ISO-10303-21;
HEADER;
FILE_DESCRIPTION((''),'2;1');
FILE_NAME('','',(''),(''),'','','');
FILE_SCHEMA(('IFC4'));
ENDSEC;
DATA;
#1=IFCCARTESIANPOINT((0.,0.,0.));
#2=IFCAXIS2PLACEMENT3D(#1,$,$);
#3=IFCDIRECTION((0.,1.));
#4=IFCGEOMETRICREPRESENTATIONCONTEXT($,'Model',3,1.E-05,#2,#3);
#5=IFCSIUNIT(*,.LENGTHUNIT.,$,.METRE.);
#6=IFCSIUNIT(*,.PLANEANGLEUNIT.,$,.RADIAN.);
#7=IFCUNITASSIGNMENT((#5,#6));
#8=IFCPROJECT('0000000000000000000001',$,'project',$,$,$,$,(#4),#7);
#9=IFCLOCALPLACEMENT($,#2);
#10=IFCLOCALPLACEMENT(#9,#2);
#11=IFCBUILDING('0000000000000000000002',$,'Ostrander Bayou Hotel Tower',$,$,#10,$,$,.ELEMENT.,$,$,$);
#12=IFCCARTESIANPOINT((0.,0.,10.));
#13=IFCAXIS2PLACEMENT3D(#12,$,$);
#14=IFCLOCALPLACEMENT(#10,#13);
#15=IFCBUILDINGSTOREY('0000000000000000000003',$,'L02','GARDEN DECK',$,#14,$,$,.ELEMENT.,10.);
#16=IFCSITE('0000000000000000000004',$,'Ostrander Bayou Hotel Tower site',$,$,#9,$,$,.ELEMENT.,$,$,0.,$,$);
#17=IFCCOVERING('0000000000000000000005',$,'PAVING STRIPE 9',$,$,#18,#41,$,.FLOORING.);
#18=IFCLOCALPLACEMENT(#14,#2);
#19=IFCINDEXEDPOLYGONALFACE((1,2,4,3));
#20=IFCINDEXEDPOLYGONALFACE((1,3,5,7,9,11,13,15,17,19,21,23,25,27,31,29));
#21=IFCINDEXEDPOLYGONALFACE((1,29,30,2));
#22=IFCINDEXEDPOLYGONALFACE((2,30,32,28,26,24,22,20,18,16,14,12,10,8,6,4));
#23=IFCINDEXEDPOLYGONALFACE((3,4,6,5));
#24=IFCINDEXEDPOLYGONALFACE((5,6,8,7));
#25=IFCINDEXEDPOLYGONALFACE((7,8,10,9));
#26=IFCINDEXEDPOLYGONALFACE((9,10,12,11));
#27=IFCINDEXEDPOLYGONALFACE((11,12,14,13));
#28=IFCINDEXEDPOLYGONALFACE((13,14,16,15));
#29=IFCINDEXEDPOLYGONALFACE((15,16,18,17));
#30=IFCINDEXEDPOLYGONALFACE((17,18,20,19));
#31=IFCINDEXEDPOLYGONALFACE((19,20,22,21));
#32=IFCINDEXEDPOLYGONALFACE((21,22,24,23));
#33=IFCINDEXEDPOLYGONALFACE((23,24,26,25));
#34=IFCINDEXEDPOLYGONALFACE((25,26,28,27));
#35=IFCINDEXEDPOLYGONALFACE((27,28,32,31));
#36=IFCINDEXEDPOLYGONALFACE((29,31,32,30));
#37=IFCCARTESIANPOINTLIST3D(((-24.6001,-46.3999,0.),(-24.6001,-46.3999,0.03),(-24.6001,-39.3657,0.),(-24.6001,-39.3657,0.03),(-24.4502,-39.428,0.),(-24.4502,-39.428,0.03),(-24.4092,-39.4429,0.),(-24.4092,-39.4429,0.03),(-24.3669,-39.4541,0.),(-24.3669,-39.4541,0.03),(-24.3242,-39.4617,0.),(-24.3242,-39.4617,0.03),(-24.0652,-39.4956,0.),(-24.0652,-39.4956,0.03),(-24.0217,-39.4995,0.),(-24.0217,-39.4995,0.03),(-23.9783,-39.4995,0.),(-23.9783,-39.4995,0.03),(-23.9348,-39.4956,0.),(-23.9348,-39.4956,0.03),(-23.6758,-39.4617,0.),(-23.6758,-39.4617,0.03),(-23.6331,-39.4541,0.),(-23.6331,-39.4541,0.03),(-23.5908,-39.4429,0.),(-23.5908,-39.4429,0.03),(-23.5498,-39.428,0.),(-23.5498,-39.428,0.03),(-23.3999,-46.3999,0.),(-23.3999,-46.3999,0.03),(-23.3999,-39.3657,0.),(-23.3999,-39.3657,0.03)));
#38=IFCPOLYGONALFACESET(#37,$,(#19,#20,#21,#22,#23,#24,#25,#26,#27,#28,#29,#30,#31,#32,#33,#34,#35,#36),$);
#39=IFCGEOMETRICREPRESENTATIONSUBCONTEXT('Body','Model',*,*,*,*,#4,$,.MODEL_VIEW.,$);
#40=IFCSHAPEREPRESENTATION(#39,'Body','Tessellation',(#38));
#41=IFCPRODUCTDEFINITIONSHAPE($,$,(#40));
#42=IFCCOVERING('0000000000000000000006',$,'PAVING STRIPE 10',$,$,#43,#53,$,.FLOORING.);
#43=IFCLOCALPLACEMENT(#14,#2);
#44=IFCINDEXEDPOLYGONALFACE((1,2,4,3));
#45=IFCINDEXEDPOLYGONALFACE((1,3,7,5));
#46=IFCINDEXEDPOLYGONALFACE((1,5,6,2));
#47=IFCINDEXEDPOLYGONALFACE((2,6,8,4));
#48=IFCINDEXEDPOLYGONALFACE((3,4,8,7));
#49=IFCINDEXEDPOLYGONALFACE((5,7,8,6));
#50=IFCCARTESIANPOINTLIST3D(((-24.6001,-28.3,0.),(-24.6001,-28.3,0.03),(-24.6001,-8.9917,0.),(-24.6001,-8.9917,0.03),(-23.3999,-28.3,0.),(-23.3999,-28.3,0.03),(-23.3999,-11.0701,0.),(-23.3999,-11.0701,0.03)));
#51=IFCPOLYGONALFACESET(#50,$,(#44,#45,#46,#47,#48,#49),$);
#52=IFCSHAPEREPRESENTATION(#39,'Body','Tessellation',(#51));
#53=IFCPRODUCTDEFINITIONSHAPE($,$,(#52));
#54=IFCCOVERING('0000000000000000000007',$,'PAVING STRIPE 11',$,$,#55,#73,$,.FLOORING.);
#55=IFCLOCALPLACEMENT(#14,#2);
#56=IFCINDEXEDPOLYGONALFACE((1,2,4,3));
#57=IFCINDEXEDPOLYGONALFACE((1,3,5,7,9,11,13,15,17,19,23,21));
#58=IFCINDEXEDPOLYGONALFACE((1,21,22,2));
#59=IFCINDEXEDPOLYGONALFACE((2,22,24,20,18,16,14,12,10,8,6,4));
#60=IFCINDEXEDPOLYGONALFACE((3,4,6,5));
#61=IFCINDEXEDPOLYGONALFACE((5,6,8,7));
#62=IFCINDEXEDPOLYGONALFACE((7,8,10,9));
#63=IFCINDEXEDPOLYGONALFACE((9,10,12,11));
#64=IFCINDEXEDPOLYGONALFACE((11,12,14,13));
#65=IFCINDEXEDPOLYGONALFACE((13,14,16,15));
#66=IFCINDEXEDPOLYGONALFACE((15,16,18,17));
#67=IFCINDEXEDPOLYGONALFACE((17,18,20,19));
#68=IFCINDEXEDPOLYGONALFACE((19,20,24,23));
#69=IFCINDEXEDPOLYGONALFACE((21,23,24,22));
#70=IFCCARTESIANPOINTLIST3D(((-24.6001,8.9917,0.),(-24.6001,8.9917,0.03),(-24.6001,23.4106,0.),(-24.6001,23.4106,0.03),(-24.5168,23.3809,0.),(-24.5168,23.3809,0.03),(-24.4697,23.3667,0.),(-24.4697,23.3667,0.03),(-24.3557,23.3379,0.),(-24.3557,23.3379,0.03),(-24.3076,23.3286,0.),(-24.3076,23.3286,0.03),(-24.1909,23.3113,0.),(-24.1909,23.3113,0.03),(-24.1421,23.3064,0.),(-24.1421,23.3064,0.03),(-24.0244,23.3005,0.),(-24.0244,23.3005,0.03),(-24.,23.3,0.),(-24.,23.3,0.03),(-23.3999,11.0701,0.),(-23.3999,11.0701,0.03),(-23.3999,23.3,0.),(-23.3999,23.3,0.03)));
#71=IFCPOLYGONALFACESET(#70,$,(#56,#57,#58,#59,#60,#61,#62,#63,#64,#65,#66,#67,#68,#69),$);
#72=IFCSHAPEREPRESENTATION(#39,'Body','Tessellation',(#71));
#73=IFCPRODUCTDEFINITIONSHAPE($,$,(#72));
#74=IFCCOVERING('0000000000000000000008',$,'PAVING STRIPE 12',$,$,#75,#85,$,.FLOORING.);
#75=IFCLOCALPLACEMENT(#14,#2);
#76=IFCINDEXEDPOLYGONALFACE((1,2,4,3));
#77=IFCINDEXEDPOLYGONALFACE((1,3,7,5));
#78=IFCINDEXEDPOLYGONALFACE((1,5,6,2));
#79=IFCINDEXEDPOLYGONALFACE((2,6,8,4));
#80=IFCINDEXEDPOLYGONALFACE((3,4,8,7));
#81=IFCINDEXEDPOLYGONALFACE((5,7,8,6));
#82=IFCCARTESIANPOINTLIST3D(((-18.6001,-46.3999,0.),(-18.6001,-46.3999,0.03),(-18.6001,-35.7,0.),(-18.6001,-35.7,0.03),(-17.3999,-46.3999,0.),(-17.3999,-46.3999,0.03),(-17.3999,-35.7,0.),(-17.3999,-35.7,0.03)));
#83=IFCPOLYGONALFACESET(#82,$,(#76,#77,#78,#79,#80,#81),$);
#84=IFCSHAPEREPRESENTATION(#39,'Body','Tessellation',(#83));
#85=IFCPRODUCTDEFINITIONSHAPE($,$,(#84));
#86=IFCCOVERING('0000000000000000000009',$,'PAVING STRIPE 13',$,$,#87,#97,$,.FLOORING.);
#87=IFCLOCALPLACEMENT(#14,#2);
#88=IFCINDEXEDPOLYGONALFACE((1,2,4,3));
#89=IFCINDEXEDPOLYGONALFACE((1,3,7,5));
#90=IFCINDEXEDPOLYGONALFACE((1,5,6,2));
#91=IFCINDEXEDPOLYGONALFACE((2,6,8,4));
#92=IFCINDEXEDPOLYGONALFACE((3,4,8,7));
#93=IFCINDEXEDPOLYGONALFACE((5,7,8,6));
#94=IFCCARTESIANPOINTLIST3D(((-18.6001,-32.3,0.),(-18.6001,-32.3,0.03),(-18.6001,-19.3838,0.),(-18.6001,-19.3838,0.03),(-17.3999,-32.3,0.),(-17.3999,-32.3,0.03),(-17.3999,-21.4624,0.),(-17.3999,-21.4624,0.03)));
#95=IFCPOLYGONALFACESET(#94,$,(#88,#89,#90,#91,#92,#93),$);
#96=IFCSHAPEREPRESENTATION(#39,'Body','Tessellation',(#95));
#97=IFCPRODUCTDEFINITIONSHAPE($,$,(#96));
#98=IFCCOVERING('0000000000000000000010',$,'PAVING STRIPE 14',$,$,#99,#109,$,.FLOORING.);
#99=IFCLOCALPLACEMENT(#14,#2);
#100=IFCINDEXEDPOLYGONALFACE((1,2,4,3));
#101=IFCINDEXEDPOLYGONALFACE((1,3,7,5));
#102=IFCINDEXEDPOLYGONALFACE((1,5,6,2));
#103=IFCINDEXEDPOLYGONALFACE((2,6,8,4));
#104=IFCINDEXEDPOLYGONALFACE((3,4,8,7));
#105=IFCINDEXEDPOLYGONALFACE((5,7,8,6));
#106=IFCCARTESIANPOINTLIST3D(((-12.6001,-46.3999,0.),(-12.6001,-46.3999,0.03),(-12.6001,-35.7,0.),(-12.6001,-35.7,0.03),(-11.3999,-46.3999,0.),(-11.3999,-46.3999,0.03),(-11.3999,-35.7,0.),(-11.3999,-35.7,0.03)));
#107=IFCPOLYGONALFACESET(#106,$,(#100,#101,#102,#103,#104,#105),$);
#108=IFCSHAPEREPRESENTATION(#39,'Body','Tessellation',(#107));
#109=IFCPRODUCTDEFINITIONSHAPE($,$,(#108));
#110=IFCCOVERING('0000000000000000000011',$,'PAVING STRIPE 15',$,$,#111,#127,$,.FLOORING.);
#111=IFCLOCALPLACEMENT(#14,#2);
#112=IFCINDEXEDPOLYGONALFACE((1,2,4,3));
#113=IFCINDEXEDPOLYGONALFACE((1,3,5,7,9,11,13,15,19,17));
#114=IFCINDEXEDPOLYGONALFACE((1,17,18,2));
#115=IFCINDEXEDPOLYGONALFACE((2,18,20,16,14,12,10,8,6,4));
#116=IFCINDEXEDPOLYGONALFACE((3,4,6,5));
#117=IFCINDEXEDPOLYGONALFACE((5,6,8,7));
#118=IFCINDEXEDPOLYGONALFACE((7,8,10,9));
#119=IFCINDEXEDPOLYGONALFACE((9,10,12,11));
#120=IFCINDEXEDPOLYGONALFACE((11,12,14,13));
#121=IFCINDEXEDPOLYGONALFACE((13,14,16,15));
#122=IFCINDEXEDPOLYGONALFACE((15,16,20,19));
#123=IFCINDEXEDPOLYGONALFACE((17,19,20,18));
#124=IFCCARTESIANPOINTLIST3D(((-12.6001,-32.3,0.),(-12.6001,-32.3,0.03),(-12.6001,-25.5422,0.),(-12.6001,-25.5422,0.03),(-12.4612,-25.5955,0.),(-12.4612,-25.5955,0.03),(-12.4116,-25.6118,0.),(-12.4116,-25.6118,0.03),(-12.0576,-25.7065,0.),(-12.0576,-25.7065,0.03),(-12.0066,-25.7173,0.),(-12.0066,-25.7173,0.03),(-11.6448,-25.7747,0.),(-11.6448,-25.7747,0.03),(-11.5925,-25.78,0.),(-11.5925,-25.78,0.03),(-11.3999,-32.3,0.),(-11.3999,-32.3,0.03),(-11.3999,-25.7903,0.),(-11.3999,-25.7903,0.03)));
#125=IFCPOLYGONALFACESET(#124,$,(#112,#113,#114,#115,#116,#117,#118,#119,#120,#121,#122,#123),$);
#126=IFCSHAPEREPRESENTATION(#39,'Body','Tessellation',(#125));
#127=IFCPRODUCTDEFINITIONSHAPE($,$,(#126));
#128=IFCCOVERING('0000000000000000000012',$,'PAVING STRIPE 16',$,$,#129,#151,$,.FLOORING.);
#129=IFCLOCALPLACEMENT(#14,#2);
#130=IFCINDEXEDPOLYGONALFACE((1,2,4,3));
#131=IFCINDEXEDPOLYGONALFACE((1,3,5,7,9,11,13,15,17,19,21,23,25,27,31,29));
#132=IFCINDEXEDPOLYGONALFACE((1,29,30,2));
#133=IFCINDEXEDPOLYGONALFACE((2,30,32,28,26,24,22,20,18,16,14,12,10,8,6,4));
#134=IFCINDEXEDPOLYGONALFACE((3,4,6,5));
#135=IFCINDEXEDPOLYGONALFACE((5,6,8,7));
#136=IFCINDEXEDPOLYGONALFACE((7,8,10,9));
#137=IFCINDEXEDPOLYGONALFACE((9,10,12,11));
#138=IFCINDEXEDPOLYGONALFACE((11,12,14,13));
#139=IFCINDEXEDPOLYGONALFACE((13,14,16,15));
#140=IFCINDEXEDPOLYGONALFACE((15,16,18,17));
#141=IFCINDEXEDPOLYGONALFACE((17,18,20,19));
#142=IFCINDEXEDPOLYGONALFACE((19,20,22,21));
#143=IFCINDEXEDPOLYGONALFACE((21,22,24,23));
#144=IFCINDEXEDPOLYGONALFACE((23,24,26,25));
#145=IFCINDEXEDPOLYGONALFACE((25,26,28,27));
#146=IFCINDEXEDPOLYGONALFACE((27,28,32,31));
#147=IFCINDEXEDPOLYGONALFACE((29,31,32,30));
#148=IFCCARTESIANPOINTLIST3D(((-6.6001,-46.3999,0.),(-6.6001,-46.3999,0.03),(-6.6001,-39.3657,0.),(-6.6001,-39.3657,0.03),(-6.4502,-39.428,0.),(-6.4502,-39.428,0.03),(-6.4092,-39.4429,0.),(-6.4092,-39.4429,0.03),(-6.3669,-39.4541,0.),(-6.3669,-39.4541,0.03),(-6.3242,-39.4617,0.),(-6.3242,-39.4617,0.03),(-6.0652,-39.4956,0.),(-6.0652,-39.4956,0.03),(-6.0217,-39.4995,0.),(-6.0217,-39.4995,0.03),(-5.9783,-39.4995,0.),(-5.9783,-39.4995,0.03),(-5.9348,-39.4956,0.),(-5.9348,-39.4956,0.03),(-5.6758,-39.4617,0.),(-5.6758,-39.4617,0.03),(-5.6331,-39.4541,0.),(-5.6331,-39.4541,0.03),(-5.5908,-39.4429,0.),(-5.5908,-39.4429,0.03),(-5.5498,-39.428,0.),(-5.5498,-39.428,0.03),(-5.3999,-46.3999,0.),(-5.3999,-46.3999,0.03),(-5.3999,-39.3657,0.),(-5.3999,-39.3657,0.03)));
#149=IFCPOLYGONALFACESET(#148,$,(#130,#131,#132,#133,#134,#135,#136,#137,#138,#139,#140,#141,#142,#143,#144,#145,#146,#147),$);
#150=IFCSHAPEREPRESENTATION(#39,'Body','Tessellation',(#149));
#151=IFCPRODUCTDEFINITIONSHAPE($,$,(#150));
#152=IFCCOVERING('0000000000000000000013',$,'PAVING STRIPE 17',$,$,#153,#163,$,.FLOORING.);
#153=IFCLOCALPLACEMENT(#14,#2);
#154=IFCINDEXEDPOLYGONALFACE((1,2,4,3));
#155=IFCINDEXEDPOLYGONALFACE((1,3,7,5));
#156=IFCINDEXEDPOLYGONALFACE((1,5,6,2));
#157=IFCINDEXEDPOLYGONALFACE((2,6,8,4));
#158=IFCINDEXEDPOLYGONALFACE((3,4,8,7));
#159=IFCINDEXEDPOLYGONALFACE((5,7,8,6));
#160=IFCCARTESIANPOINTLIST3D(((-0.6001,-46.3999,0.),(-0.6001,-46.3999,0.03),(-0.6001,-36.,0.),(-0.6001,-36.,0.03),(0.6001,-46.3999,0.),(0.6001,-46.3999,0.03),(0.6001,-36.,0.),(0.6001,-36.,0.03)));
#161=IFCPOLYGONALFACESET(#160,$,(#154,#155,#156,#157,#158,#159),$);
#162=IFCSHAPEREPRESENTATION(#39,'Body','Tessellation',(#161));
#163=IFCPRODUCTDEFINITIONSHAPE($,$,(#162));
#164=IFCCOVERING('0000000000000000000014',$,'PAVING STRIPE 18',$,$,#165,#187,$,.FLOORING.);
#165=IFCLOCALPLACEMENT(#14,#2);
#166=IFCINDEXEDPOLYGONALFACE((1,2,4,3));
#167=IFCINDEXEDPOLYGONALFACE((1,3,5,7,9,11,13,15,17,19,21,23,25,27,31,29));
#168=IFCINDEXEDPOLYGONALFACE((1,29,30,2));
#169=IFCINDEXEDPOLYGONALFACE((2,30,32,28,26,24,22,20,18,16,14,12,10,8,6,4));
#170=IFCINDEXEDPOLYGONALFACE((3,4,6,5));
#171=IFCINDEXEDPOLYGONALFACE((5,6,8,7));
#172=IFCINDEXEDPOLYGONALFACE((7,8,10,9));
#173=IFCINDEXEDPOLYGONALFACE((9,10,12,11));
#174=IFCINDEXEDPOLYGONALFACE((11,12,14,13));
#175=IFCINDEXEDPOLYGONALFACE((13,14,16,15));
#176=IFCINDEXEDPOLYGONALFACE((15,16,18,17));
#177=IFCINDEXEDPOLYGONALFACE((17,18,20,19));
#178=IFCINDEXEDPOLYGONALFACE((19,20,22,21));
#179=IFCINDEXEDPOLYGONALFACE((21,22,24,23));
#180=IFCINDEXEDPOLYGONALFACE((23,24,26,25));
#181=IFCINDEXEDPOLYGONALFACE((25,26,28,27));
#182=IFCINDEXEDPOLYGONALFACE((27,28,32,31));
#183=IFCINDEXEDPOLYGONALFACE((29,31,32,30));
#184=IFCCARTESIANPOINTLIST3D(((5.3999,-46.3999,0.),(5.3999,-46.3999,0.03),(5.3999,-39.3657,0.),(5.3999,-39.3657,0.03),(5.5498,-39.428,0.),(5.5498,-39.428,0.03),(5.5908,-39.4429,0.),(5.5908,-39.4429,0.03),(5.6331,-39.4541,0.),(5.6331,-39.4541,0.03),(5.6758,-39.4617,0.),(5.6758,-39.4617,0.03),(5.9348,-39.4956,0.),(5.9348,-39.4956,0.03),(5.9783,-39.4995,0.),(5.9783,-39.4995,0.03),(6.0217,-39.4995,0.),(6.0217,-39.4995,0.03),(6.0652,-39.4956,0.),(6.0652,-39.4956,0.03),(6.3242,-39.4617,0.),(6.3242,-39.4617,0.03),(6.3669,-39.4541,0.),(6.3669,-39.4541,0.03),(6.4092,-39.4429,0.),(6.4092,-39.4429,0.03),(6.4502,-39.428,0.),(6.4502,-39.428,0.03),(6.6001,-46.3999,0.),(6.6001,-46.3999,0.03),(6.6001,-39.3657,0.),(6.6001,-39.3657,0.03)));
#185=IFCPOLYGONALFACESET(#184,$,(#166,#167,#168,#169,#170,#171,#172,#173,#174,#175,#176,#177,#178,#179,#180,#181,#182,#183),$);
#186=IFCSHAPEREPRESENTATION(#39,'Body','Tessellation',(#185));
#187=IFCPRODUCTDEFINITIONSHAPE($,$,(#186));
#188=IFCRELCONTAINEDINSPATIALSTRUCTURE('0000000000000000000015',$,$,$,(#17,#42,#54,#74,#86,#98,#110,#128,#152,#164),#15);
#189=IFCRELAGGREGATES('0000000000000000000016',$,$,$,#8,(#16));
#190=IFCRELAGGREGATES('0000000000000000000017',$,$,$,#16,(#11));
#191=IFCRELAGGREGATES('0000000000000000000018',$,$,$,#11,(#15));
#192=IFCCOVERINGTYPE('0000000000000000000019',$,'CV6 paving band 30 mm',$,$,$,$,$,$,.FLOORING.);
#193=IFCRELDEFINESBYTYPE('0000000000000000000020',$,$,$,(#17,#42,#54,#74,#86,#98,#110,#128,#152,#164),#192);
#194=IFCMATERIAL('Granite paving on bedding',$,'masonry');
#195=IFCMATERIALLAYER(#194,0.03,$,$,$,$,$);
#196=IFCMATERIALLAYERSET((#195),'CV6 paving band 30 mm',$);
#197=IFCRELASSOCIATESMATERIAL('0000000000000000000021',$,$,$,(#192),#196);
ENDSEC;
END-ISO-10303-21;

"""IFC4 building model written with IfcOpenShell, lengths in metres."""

from ifc_helpers import new_model, si_unit, direction, frame, origin, place, context, subcontext, project, spatial, polyline, outline, extrude, material, layer, layer_set, type_object, element, save


model = new_model("IFC4")

# Units and contexts
model_context = context("Model", 3, precision=1e-05, world=origin(), true_north=direction((0.0, 1.0)))
body_context = subcontext(model_context, "Body", "Model", "MODEL_VIEW")
ifc_project = project(units=[si_unit("LENGTHUNIT", "METRE"), si_unit("PLANEANGLEUNIT", "RADIAN")], contexts=[model_context])

# Site, building, storey
site_placement = place(None, origin())
site = spatial("IfcSite", under=ifc_project, at=site_placement, Name="Ostrander Bayou Hotel Tower site", CompositionType="ELEMENT", RefElevation=0.0)
building_placement = place(site_placement, origin())
building = spatial("IfcBuilding", under=site, at=building_placement, Name="Ostrander Bayou Hotel Tower", CompositionType="ELEMENT")
storey_placement = place(building_placement, frame((0.0, 0.0, 10.0)))
storey = spatial("IfcBuildingStorey", under=building, at=storey_placement, Name="L02", Description="GARDEN DECK", CompositionType="ELEMENT", Elevation=10.0)

# Coverings
ifc_material_1 = material(Name="Granite paving on bedding", Category="masonry")
ifc_layer_1 = layer(ifc_material_1, 0.03)
ifc_layer_set_1 = layer_set([ifc_layer_1], Name="CV6 paving band 30 mm")
covering_type = type_object("IfcCoveringType", Name="CV6 paving band 30 mm", PredefinedType="FLOORING", material=ifc_layer_set_1)
covering_1_placement = place(storey_placement, origin())
element("IfcCovering", 1, at=covering_1_placement, inside=storey, type_object=covering_type, Name="PAVING STRIPE 9", PredefinedType="FLOORING", context=body_context, shape_type="SweptSolid", body=[
    extrude(outline(polyline([(-24.6001, -46.3999), (-24.6001, -39.3657), (-24.4502, -39.428), (-24.4092, -39.4429), (-24.3669, -39.4541), (-24.3242, -39.4617), (-24.0652, -39.4956), (-24.0217, -39.4995), (-23.9783, -39.4995), (-23.9348, -39.4956), (-23.6758, -39.4617), (-23.6331, -39.4541), (-23.5908, -39.4429), (-23.5498, -39.428), (-23.3999, -39.3657), (-23.3999, -46.3999), (-24.6001, -46.3999)])), origin(), (0.0, 0.0, 1.0), 0.03),
])
covering_2_placement = place(storey_placement, origin())
element("IfcCovering", 2, at=covering_2_placement, inside=storey, type_object=covering_type, Name="PAVING STRIPE 10", PredefinedType="FLOORING", context=body_context, shape_type="SweptSolid", body=[
    extrude(outline(polyline([(-24.6001, -8.9917), (-23.3999, -11.0701), (-23.3999, -28.3), (-24.6001, -28.3), (-24.6001, -8.9917)])), origin(), (0.0, 0.0, 1.0), 0.03),
])
covering_3_placement = place(storey_placement, origin())
element("IfcCovering", 3, at=covering_3_placement, inside=storey, type_object=covering_type, Name="PAVING STRIPE 11", PredefinedType="FLOORING", context=body_context, shape_type="SweptSolid", body=[
    extrude(outline(polyline([(-23.3999, 11.0701), (-24.6001, 8.9917), (-24.6001, 23.4106), (-24.5168, 23.3809), (-24.4697, 23.3667), (-24.3557, 23.3379), (-24.3076, 23.3286), (-24.1909, 23.3113), (-24.1421, 23.3064), (-24.0244, 23.3005), (-24.0, 23.3), (-23.3999, 23.3), (-23.3999, 11.0701)])), origin(), (0.0, 0.0, 1.0), 0.03),
])
covering_4_placement = place(storey_placement, origin())
element("IfcCovering", 4, at=covering_4_placement, inside=storey, type_object=covering_type, Name="PAVING STRIPE 12", PredefinedType="FLOORING", context=body_context, shape_type="SweptSolid", body=[
    extrude(outline(polyline([(-18.6001, -46.3999), (-18.6001, -35.7), (-17.3999, -35.7), (-17.3999, -46.3999), (-18.6001, -46.3999)])), origin(), (0.0, 0.0, 1.0), 0.03),
])
covering_5_placement = place(storey_placement, origin())
element("IfcCovering", 5, at=covering_5_placement, inside=storey, type_object=covering_type, Name="PAVING STRIPE 13", PredefinedType="FLOORING", context=body_context, shape_type="SweptSolid", body=[
    extrude(outline(polyline([(-18.6001, -19.3838), (-17.3999, -21.4624), (-17.3999, -32.3), (-18.6001, -32.3), (-18.6001, -19.3838)])), origin(), (0.0, 0.0, 1.0), 0.03),
])
covering_6_placement = place(storey_placement, origin())
element("IfcCovering", 6, at=covering_6_placement, inside=storey, type_object=covering_type, Name="PAVING STRIPE 14", PredefinedType="FLOORING", context=body_context, shape_type="SweptSolid", body=[
    extrude(outline(polyline([(-12.6001, -46.3999), (-12.6001, -35.7), (-11.3999, -35.7), (-11.3999, -46.3999), (-12.6001, -46.3999)])), origin(), (0.0, 0.0, 1.0), 0.03),
])
covering_7_placement = place(storey_placement, origin())
element("IfcCovering", 7, at=covering_7_placement, inside=storey, type_object=covering_type, Name="PAVING STRIPE 15", PredefinedType="FLOORING", context=body_context, shape_type="SweptSolid", body=[
    extrude(outline(polyline([(-12.6001, -25.5422), (-12.4612, -25.5955), (-12.4116, -25.6118), (-12.0576, -25.7065), (-12.0066, -25.7173), (-11.6448, -25.7747), (-11.5925, -25.78), (-11.3999, -25.7903), (-11.3999, -32.3), (-12.6001, -32.3), (-12.6001, -25.5422)])), origin(), (0.0, 0.0, 1.0), 0.03),
])
covering_8_placement = place(storey_placement, origin())
element("IfcCovering", 8, at=covering_8_placement, inside=storey, type_object=covering_type, Name="PAVING STRIPE 16", PredefinedType="FLOORING", context=body_context, shape_type="SweptSolid", body=[
    extrude(outline(polyline([(-6.6001, -46.3999), (-6.6001, -39.3657), (-6.4502, -39.428), (-6.4092, -39.4429), (-6.3669, -39.4541), (-6.3242, -39.4617), (-6.0652, -39.4956), (-6.0217, -39.4995), (-5.9783, -39.4995), (-5.9348, -39.4956), (-5.6758, -39.4617), (-5.6331, -39.4541), (-5.5908, -39.4429), (-5.5498, -39.428), (-5.3999, -39.3657), (-5.3999, -46.3999), (-6.6001, -46.3999)])), origin(), (0.0, 0.0, 1.0), 0.03),
])
covering_9_placement = place(storey_placement, origin())
element("IfcCovering", 9, at=covering_9_placement, inside=storey, type_object=covering_type, Name="PAVING STRIPE 17", PredefinedType="FLOORING", context=body_context, shape_type="SweptSolid", body=[
    extrude(outline(polyline([(-0.6001, -46.3999), (-0.6001, -36.0), (0.6001, -36.0), (0.6001, -46.3999), (-0.6001, -46.3999)])), origin(), (0.0, 0.0, 1.0), 0.03),
])
covering_10_placement = place(storey_placement, origin())
element("IfcCovering", 10, at=covering_10_placement, inside=storey, type_object=covering_type, Name="PAVING STRIPE 18", PredefinedType="FLOORING", context=body_context, shape_type="SweptSolid", body=[
    extrude(outline(polyline([(5.3999, -46.3999), (5.3999, -39.3657), (5.5498, -39.428), (5.5908, -39.4429), (5.6331, -39.4541), (5.6758, -39.4617), (5.9348, -39.4956), (5.9783, -39.4995), (6.0217, -39.4995), (6.0652, -39.4956), (6.3242, -39.4617), (6.3669, -39.4541), (6.4092, -39.4429), (6.4502, -39.428), (6.6001, -39.3657), (6.6001, -46.3999), (5.3999, -46.3999)])), origin(), (0.0, 0.0, 1.0), 0.03),
])

save(model, "model.ifc")
